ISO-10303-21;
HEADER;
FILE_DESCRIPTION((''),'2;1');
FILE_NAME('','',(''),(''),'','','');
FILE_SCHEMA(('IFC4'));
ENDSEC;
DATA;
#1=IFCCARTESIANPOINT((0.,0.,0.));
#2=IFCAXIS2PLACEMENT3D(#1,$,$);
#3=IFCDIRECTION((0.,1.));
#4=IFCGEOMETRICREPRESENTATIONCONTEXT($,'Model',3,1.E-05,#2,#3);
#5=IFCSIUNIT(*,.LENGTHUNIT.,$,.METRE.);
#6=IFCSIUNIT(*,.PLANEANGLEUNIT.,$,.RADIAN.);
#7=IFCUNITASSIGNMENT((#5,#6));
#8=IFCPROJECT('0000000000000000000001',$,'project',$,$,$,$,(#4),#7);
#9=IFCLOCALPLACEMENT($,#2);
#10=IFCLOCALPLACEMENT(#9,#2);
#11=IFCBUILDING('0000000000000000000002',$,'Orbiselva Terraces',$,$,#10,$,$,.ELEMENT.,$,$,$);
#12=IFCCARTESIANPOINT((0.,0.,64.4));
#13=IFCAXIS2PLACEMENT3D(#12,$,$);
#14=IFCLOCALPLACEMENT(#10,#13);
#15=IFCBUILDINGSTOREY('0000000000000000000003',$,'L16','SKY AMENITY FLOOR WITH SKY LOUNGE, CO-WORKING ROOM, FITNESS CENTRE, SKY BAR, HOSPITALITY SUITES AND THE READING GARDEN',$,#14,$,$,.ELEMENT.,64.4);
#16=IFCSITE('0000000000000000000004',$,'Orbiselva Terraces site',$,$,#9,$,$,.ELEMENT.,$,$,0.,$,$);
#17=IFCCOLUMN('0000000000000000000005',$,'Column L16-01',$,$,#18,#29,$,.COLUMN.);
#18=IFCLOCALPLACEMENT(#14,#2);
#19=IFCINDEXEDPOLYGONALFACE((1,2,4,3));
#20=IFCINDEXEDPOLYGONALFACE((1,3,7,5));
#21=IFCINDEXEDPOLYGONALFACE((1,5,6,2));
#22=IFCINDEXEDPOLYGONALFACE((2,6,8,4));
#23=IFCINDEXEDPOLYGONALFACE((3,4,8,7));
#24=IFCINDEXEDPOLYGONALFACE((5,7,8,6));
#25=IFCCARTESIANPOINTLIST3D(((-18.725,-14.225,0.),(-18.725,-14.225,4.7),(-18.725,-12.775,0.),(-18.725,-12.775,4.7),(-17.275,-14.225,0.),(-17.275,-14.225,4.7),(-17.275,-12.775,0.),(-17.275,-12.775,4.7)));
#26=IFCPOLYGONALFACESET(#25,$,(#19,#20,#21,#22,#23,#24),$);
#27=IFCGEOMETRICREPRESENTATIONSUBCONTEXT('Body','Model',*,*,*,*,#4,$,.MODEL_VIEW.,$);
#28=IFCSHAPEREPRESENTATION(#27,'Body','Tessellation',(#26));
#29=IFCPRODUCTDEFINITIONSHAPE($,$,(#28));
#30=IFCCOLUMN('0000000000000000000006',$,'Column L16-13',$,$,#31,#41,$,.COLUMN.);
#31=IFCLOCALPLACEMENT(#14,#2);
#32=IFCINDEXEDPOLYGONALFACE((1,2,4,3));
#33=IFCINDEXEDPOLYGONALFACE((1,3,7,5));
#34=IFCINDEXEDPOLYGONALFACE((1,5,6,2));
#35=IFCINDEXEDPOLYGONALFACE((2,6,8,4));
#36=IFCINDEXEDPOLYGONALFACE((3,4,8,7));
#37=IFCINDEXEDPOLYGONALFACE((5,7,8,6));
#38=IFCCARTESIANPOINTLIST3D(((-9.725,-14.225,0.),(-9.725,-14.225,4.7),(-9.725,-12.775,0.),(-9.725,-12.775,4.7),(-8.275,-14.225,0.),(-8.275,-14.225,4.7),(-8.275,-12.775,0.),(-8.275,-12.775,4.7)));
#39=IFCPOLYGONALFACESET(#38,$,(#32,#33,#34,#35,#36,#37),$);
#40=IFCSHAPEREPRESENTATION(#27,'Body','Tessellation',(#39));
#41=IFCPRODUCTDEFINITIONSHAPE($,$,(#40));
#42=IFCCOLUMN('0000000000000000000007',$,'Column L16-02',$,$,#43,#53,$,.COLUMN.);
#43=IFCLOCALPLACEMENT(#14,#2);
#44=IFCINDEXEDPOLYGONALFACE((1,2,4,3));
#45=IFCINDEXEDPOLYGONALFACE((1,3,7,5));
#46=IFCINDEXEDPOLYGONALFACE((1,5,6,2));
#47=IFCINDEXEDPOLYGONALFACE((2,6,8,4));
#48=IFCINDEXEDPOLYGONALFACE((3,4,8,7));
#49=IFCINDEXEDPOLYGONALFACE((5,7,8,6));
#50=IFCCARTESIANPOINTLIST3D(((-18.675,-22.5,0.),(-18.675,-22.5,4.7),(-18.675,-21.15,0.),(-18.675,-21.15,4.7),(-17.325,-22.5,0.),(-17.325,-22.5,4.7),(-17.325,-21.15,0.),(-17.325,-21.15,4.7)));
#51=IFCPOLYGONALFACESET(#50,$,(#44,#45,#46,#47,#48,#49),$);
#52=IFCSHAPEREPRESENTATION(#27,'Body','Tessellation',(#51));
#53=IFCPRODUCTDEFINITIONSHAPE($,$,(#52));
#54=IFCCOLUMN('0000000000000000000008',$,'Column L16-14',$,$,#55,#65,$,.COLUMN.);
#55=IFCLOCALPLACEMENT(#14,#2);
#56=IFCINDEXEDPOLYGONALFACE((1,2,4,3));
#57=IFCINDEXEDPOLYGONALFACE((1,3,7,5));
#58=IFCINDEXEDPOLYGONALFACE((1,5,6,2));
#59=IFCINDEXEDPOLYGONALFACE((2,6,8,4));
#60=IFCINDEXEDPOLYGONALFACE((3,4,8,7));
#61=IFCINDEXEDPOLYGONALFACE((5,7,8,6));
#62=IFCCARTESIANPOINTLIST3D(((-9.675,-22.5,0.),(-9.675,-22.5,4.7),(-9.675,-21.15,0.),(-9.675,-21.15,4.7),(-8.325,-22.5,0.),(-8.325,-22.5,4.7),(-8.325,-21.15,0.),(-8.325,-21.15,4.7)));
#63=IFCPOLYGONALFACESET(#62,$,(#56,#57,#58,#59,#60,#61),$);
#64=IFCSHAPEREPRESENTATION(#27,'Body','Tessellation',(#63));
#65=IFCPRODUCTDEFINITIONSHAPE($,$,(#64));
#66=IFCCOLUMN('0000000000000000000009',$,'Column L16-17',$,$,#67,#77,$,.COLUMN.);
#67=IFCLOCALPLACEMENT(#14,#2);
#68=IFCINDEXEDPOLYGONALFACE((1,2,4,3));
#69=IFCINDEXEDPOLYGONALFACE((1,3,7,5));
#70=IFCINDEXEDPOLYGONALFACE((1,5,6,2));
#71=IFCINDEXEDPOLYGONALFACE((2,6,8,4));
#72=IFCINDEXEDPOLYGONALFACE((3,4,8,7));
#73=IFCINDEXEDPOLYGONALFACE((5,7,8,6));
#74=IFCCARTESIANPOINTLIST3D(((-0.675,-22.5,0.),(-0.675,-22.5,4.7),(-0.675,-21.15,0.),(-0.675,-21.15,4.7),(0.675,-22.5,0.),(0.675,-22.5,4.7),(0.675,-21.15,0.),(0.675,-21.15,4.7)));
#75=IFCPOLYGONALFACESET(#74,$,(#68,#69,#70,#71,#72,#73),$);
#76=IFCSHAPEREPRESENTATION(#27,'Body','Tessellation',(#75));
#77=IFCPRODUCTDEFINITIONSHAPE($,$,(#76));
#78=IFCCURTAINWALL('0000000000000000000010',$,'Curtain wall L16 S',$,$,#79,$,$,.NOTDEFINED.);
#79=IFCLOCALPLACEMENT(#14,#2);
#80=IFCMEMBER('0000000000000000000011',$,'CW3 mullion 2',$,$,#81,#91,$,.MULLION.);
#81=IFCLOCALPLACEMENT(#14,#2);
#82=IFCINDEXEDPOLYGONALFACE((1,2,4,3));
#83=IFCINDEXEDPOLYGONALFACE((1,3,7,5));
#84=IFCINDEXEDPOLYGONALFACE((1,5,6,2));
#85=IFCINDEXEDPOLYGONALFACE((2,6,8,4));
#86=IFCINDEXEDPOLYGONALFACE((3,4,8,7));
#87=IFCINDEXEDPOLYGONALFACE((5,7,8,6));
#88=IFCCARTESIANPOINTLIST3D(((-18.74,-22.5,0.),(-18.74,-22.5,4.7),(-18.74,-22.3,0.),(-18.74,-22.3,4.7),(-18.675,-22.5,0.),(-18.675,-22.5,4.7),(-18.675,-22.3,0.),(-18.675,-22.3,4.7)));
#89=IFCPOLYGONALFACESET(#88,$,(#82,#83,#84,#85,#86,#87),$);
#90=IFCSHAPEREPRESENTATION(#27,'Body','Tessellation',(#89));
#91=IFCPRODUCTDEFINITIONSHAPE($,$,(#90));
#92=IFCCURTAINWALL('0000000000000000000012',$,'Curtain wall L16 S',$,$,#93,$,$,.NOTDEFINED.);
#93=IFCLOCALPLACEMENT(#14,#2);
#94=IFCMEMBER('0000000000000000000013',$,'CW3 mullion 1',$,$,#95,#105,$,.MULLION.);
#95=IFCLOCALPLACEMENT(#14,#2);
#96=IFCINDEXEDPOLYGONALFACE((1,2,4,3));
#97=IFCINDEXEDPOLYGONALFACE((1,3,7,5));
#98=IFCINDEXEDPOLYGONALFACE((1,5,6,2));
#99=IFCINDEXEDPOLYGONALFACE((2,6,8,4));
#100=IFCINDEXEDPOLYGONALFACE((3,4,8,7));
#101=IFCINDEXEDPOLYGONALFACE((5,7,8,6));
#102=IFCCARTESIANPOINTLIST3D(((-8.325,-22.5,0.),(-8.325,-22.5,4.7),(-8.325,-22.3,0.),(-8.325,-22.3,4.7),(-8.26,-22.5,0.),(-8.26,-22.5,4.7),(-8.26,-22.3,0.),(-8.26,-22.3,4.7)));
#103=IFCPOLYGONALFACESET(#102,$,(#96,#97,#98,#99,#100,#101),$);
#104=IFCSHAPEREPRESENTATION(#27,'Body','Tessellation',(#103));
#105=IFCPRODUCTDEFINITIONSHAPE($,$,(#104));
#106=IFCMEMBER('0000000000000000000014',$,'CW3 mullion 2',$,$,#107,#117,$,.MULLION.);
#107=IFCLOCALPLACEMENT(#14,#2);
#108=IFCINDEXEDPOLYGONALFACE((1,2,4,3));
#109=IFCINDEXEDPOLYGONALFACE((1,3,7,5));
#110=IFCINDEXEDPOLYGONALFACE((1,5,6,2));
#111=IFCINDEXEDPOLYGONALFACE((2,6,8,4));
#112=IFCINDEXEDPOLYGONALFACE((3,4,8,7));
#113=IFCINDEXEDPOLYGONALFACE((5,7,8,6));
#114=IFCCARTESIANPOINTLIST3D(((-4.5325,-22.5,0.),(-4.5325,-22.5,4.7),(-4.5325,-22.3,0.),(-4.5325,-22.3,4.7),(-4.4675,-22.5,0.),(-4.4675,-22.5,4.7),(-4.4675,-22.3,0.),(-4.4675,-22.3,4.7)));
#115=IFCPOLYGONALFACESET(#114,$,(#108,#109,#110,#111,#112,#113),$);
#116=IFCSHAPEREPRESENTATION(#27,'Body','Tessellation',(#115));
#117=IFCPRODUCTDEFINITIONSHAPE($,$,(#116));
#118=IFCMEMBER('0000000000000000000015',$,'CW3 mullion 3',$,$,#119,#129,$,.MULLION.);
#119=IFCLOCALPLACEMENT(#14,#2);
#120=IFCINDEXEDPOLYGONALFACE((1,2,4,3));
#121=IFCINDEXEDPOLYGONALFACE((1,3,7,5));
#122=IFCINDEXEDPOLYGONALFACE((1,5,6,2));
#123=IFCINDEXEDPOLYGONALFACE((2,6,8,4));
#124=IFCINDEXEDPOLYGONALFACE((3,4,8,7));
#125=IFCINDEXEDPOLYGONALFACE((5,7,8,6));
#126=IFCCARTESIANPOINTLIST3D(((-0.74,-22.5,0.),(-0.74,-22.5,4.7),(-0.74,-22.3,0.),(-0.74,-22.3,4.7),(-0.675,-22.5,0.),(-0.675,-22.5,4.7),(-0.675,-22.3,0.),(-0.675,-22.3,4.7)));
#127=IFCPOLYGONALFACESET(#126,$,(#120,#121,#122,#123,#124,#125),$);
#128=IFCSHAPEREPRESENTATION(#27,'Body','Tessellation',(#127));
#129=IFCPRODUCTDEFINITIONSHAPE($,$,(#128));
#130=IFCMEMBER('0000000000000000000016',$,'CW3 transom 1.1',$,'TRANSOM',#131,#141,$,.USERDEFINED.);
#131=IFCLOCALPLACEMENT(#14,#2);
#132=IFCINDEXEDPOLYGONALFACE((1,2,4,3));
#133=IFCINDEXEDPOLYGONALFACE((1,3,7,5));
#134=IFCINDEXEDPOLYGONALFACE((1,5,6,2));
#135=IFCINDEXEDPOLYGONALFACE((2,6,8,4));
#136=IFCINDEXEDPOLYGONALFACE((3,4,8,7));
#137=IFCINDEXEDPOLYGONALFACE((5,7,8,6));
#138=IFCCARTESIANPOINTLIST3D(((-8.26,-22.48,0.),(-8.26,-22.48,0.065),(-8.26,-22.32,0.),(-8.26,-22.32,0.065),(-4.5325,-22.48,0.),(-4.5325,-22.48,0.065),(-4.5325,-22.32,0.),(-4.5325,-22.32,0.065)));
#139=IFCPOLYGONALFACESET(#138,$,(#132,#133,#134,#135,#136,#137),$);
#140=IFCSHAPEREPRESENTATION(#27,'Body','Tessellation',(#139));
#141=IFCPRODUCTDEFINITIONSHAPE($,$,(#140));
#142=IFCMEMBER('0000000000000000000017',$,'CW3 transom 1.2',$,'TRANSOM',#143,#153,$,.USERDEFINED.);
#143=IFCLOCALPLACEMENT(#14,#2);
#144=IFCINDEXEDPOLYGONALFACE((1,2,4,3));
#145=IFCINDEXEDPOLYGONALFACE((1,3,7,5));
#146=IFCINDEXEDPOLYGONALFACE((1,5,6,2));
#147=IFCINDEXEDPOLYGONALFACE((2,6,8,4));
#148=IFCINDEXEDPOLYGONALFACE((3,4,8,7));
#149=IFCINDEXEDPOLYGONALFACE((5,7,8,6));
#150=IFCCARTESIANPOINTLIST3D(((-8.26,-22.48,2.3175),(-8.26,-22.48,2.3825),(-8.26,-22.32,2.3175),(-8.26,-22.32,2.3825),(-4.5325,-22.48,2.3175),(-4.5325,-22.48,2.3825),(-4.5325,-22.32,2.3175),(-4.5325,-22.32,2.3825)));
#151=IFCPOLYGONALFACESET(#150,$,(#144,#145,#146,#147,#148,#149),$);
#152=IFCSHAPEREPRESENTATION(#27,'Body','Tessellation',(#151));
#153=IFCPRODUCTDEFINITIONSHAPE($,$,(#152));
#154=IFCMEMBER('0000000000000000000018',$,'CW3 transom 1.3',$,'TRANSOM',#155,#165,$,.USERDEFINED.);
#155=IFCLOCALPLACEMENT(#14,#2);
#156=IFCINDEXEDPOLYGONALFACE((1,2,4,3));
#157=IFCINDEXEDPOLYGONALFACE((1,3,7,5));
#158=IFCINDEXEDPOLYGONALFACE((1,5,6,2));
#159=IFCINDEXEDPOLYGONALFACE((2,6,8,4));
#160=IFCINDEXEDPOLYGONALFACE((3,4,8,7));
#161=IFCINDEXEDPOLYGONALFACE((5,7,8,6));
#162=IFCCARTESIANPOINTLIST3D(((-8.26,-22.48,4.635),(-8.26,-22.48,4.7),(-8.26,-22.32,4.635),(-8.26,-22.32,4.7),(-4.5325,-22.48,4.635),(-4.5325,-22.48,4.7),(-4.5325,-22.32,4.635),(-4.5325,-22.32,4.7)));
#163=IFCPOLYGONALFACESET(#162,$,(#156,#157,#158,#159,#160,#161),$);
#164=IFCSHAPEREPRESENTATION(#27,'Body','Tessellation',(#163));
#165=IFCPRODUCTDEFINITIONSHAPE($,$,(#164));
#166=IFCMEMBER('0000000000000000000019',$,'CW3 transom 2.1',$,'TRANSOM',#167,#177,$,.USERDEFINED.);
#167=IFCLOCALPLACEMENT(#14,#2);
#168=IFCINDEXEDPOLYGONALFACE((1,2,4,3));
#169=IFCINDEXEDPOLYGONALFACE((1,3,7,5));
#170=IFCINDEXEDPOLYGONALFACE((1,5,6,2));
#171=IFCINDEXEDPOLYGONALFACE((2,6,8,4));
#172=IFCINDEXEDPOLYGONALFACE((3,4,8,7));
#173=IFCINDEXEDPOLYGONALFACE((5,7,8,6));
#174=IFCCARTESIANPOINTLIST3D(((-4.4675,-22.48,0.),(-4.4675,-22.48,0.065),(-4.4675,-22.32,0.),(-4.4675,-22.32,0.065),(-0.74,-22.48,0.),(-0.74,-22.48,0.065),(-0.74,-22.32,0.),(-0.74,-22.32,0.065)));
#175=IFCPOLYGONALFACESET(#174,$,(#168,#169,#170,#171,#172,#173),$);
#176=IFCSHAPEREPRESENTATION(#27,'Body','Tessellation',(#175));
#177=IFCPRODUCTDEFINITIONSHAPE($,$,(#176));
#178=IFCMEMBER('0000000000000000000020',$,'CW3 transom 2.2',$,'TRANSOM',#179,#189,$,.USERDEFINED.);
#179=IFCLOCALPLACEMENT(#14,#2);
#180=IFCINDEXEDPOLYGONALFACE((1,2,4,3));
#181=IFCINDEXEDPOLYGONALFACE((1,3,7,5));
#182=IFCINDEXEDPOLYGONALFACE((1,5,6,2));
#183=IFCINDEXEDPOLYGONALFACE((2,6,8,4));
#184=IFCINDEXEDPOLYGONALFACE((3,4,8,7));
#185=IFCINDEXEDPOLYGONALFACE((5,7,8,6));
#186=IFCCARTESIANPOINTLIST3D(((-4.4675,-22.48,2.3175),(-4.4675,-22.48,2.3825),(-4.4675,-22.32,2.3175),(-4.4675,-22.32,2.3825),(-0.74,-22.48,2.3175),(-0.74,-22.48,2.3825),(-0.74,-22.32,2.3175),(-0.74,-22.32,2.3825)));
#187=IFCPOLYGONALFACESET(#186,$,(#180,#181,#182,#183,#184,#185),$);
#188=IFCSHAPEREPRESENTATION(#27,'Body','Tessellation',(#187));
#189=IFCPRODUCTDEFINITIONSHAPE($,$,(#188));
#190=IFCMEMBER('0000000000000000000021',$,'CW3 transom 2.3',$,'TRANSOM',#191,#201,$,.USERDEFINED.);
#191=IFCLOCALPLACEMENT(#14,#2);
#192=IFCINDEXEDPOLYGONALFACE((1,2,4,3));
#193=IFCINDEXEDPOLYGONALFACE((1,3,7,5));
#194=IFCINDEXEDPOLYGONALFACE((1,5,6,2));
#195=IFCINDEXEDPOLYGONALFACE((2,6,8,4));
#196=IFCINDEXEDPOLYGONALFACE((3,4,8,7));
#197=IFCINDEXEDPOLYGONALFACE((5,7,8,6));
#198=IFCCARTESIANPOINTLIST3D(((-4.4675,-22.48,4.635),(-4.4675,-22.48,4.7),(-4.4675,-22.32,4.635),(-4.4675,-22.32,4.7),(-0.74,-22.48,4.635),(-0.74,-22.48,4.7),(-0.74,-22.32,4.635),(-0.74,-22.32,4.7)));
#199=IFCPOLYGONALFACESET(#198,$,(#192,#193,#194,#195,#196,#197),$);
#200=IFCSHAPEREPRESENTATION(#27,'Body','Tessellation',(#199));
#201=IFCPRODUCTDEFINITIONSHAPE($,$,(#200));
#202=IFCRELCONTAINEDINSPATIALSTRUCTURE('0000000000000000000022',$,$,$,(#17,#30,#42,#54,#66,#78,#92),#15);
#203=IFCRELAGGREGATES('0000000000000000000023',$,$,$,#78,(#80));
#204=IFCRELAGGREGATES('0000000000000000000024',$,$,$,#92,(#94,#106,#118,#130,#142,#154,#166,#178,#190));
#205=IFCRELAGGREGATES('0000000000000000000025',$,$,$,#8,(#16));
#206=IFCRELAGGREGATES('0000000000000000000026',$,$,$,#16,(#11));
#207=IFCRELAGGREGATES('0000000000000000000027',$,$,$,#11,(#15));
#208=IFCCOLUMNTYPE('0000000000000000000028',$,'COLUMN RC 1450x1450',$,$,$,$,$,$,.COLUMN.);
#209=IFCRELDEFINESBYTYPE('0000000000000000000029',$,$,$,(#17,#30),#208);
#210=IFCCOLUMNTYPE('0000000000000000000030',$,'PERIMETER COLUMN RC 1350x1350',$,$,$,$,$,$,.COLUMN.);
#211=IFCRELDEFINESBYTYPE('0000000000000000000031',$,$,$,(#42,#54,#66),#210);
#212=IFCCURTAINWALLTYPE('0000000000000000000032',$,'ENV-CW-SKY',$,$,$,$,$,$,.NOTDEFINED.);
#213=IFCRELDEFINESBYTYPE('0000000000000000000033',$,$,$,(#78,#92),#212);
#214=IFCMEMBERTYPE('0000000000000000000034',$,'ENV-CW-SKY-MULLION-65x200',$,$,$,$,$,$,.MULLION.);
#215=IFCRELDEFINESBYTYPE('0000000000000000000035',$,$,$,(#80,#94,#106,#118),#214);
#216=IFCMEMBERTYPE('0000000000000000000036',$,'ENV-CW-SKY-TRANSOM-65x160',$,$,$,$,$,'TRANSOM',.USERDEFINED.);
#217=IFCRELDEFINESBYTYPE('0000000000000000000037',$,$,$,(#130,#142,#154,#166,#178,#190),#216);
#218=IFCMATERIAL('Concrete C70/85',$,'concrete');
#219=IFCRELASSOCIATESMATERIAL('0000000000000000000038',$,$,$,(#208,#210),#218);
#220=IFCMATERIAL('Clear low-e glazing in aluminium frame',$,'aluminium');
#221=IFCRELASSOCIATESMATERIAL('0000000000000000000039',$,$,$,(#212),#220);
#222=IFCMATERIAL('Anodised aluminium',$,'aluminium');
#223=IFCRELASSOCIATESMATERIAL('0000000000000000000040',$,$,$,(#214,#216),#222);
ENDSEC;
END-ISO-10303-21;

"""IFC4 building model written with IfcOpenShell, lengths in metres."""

from ifc_helpers import new_model, si_unit, direction, frame, origin, origin_2d, place, context, subcontext, project, spatial, rectangle, extrude, material, material_profile, profile_set, type_object, element, aggregate, save


model = new_model("IFC4")

# Units and contexts
model_context = context("Model", 3, precision=1e-05, world=origin(), true_north=direction((0.0, 1.0)))
body_context = subcontext(model_context, "Body", "Model", "MODEL_VIEW")
ifc_project = project(units=[si_unit("LENGTHUNIT", "METRE"), si_unit("PLANEANGLEUNIT", "RADIAN")], contexts=[model_context])

# Site, building, storey
site_placement = place(None, origin())
site = spatial("IfcSite", under=ifc_project, at=site_placement, Name="Orbiselva Terraces site", CompositionType="ELEMENT", RefElevation=0.0)
building_placement = place(site_placement, origin())
building = spatial("IfcBuilding", under=site, at=building_placement, Name="Orbiselva Terraces", CompositionType="ELEMENT")
storey_placement = place(building_placement, frame((0.0, 0.0, 64.4)))
storey = spatial("IfcBuildingStorey", under=building, at=storey_placement, Name="L16", Description="SKY AMENITY FLOOR WITH SKY LOUNGE, CO-WORKING ROOM, FITNESS CENTRE, SKY BAR, HOSPITALITY SUITES AND THE READING GARDEN", CompositionType="ELEMENT", Elevation=64.4)

# Columns
ifc_material_1 = material(Name="Concrete C70/85", Category="concrete")
ifc_material_profile_1 = material_profile(ifc_material_1, rectangle(XDim=1.45, YDim=1.45, at=origin_2d()), Name="RC 1450x1450")
ifc_profile_set_1 = profile_set([ifc_material_profile_1], Name="Concrete C70/85")
column_type_1 = type_object("IfcColumnType", Name="COLUMN RC 1450x1450", PredefinedType="COLUMN", material=ifc_profile_set_1)
for number, where, z_axis, x_axis, name in (
    (1, (-18.0, -13.5, 0.0), (0.0, 0.0, 1.0), (1.0, 0.0, 0.0), "Column L16-01"),
    (2, (-9.0, -13.5, 0.0), (0.0, 0.0, 1.0), (1.0, 0.0, 0.0), "Column L16-13"),
):
    element("IfcColumn", number, at=place(storey_placement, frame(where, z_axis=z_axis, x_axis=x_axis)), inside=storey, type_object=column_type_1, Name=name, PredefinedType="COLUMN", context=body_context, shape_type="SweptSolid", body=[
        extrude(rectangle(XDim=1.45, YDim=1.45, at=origin_2d()), origin(), (0.0, 0.0, 1.0), 4.7),
    ])
ifc_material_profile_2 = material_profile(ifc_material_1, rectangle(XDim=1.35, YDim=1.35, at=origin_2d()), Name="RC 1350x1350")
ifc_profile_set_2 = profile_set([ifc_material_profile_2], Name="Concrete C70/85")
column_type_2 = type_object("IfcColumnType", Name="PERIMETER COLUMN RC 1350x1350", PredefinedType="COLUMN", material=ifc_profile_set_2)
for number, where, z_axis, x_axis, name in (
    (3, (-18.0, -21.825, 0.0), (0.0, 0.0, 1.0), (1.0, 0.0, 0.0), "Column L16-02"),
    (4, (-9.0, -21.825, 0.0), (0.0, 0.0, 1.0), (1.0, 0.0, 0.0), "Column L16-14"),
    (5, (0.0, -21.825, 0.0), (0.0, 0.0, 1.0), (1.0, 0.0, 0.0), "Column L16-17"),
):
    element("IfcColumn", number, at=place(storey_placement, frame(where, z_axis=z_axis, x_axis=x_axis)), inside=storey, type_object=column_type_2, Name=name, PredefinedType="COLUMN", context=body_context, shape_type="SweptSolid", body=[
        extrude(rectangle(XDim=1.35, YDim=1.35, at=origin_2d()), origin(), (0.0, 0.0, 1.0), 4.7),
    ])

# Curtain wall, member
ifc_material_2 = material(Name="Clear low-e glazing in aluminium frame", Category="aluminium")
curtain_wall_type = type_object("IfcCurtainWallType", Name="ENV-CW-SKY", PredefinedType="NOTDEFINED", material=ifc_material_2)
curtain_wall_1_placement = place(storey_placement, origin())
curtain_wall_1 = element("IfcCurtainWall", 6, at=curtain_wall_1_placement, inside=storey, type_object=curtain_wall_type, Name="Curtain wall L16 S", PredefinedType="NOTDEFINED")
ifc_material_3 = material(Name="Anodised aluminium", Category="aluminium")
ifc_material_profile_3 = material_profile(ifc_material_3, rectangle(XDim=0.2, YDim=0.065, at=origin_2d()), Name="AL 65x200")
ifc_profile_set_3 = profile_set([ifc_material_profile_3], Name="Anodised aluminium")
member_type_1 = type_object("IfcMemberType", Name="ENV-CW-SKY-MULLION-65x200", PredefinedType="MULLION", material=ifc_profile_set_3)
member_1_placement = place(storey_placement, frame((-18.7075, -22.4, 0.0), z_axis=(0.0, 0.0, 1.0), x_axis=(0.0, 1.0, 0.0)))
member_1 = element("IfcMember", 7, at=member_1_placement, type_object=member_type_1, Name="CW3 mullion 2", PredefinedType="MULLION", context=body_context, shape_type="SweptSolid", body=[
    extrude(rectangle(XDim=0.2, YDim=0.065, at=origin_2d()), origin(), (0.0, 0.0, 1.0), 4.7),
])
aggregate(curtain_wall_1, [member_1])

# Curtain wall, members
curtain_wall_2_placement = place(storey_placement, origin())
curtain_wall_2 = element("IfcCurtainWall", 8, at=curtain_wall_2_placement, inside=storey, type_object=curtain_wall_type, Name="Curtain wall L16 S", PredefinedType="NOTDEFINED")
member_2_placement = place(storey_placement, frame((-8.2925, -22.4, 0.0), z_axis=(0.0, 0.0, 1.0), x_axis=(0.0, 1.0, 0.0)))
member_2 = element("IfcMember", 9, at=member_2_placement, type_object=member_type_1, Name="CW3 mullion 1", PredefinedType="MULLION", context=body_context, shape_type="SweptSolid", body=[
    extrude(rectangle(XDim=0.2, YDim=0.065, at=origin_2d()), origin(), (0.0, 0.0, 1.0), 4.7),
])
member_3_placement = place(storey_placement, frame((-4.5, -22.4, 0.0), z_axis=(0.0, 0.0, 1.0), x_axis=(0.0, 1.0, 0.0)))
member_3 = element("IfcMember", 10, at=member_3_placement, type_object=member_type_1, Name="CW3 mullion 2", PredefinedType="MULLION", context=body_context, shape_type="SweptSolid", body=[
    extrude(rectangle(XDim=0.2, YDim=0.065, at=origin_2d()), origin(), (0.0, 0.0, 1.0), 4.7),
])
member_4_placement = place(storey_placement, frame((-0.7075, -22.4, 0.0), z_axis=(0.0, 0.0, 1.0), x_axis=(0.0, 1.0, 0.0)))
member_4 = element("IfcMember", 11, at=member_4_placement, type_object=member_type_1, Name="CW3 mullion 3", PredefinedType="MULLION", context=body_context, shape_type="SweptSolid", body=[
    extrude(rectangle(XDim=0.2, YDim=0.065, at=origin_2d()), origin(), (0.0, 0.0, 1.0), 4.7),
])
ifc_material_profile_4 = material_profile(ifc_material_3, rectangle(XDim=0.16, YDim=0.065, at=origin_2d()), Name="AL 65x160")
ifc_profile_set_4 = profile_set([ifc_material_profile_4], Name="Anodised aluminium")
member_type_2 = type_object("IfcMemberType", Name="ENV-CW-SKY-TRANSOM-65x160", ElementType="TRANSOM", PredefinedType="USERDEFINED", material=ifc_profile_set_4)
member_5_placement = place(storey_placement, frame((-8.26, -22.4, 0.0325), z_axis=(1.0, 0.0, 0.0), x_axis=(0.0, 1.0, 0.0)))
member_5 = element("IfcMember", 12, at=member_5_placement, type_object=member_type_2, Name="CW3 transom 1.1", ObjectType="TRANSOM", PredefinedType="USERDEFINED", context=body_context, shape_type="SweptSolid", body=[
    extrude(rectangle(XDim=0.16, YDim=0.065, at=origin_2d()), origin(), (0.0, 0.0, 1.0), 3.7275),
])
member_6_placement = place(storey_placement, frame((-8.26, -22.4, 2.35), z_axis=(1.0, 0.0, 0.0), x_axis=(0.0, 1.0, 0.0)))
member_6 = element("IfcMember", 13, at=member_6_placement, type_object=member_type_2, Name="CW3 transom 1.2", ObjectType="TRANSOM", PredefinedType="USERDEFINED", context=body_context, shape_type="SweptSolid", body=[
    extrude(rectangle(XDim=0.16, YDim=0.065, at=origin_2d()), origin(), (0.0, 0.0, 1.0), 3.7275),
])
member_7_placement = place(storey_placement, frame((-8.26, -22.4, 4.6675), z_axis=(1.0, 0.0, 0.0), x_axis=(0.0, 1.0, 0.0)))
member_7 = element("IfcMember", 14, at=member_7_placement, type_object=member_type_2, Name="CW3 transom 1.3", ObjectType="TRANSOM", PredefinedType="USERDEFINED", context=body_context, shape_type="SweptSolid", body=[
    extrude(rectangle(XDim=0.16, YDim=0.065, at=origin_2d()), origin(), (0.0, 0.0, 1.0), 3.7275),
])
member_8_placement = place(storey_placement, frame((-4.4675, -22.4, 0.0325), z_axis=(1.0, 0.0, 0.0), x_axis=(0.0, 1.0, 0.0)))
member_8 = element("IfcMember", 15, at=member_8_placement, type_object=member_type_2, Name="CW3 transom 2.1", ObjectType="TRANSOM", PredefinedType="USERDEFINED", context=body_context, shape_type="SweptSolid", body=[
    extrude(rectangle(XDim=0.16, YDim=0.065, at=origin_2d()), origin(), (0.0, 0.0, 1.0), 3.7275),
])
member_9_placement = place(storey_placement, frame((-4.4675, -22.4, 2.35), z_axis=(1.0, 0.0, 0.0), x_axis=(0.0, 1.0, 0.0)))
member_9 = element("IfcMember", 16, at=member_9_placement, type_object=member_type_2, Name="CW3 transom 2.2", ObjectType="TRANSOM", PredefinedType="USERDEFINED", context=body_context, shape_type="SweptSolid", body=[
    extrude(rectangle(XDim=0.16, YDim=0.065, at=origin_2d()), origin(), (0.0, 0.0, 1.0), 3.7275),
])
member_10_placement = place(storey_placement, frame((-4.4675, -22.4, 4.6675), z_axis=(1.0, 0.0, 0.0), x_axis=(0.0, 1.0, 0.0)))
member_10 = element("IfcMember", 17, at=member_10_placement, type_object=member_type_2, Name="CW3 transom 2.3", ObjectType="TRANSOM", PredefinedType="USERDEFINED", context=body_context, shape_type="SweptSolid", body=[
    extrude(rectangle(XDim=0.16, YDim=0.065, at=origin_2d()), origin(), (0.0, 0.0, 1.0), 3.7275),
])
aggregate(curtain_wall_2, [member_2, member_3, member_4, member_5, member_6, member_7, member_8, member_9, member_10])

save(model, "model.ifc")
